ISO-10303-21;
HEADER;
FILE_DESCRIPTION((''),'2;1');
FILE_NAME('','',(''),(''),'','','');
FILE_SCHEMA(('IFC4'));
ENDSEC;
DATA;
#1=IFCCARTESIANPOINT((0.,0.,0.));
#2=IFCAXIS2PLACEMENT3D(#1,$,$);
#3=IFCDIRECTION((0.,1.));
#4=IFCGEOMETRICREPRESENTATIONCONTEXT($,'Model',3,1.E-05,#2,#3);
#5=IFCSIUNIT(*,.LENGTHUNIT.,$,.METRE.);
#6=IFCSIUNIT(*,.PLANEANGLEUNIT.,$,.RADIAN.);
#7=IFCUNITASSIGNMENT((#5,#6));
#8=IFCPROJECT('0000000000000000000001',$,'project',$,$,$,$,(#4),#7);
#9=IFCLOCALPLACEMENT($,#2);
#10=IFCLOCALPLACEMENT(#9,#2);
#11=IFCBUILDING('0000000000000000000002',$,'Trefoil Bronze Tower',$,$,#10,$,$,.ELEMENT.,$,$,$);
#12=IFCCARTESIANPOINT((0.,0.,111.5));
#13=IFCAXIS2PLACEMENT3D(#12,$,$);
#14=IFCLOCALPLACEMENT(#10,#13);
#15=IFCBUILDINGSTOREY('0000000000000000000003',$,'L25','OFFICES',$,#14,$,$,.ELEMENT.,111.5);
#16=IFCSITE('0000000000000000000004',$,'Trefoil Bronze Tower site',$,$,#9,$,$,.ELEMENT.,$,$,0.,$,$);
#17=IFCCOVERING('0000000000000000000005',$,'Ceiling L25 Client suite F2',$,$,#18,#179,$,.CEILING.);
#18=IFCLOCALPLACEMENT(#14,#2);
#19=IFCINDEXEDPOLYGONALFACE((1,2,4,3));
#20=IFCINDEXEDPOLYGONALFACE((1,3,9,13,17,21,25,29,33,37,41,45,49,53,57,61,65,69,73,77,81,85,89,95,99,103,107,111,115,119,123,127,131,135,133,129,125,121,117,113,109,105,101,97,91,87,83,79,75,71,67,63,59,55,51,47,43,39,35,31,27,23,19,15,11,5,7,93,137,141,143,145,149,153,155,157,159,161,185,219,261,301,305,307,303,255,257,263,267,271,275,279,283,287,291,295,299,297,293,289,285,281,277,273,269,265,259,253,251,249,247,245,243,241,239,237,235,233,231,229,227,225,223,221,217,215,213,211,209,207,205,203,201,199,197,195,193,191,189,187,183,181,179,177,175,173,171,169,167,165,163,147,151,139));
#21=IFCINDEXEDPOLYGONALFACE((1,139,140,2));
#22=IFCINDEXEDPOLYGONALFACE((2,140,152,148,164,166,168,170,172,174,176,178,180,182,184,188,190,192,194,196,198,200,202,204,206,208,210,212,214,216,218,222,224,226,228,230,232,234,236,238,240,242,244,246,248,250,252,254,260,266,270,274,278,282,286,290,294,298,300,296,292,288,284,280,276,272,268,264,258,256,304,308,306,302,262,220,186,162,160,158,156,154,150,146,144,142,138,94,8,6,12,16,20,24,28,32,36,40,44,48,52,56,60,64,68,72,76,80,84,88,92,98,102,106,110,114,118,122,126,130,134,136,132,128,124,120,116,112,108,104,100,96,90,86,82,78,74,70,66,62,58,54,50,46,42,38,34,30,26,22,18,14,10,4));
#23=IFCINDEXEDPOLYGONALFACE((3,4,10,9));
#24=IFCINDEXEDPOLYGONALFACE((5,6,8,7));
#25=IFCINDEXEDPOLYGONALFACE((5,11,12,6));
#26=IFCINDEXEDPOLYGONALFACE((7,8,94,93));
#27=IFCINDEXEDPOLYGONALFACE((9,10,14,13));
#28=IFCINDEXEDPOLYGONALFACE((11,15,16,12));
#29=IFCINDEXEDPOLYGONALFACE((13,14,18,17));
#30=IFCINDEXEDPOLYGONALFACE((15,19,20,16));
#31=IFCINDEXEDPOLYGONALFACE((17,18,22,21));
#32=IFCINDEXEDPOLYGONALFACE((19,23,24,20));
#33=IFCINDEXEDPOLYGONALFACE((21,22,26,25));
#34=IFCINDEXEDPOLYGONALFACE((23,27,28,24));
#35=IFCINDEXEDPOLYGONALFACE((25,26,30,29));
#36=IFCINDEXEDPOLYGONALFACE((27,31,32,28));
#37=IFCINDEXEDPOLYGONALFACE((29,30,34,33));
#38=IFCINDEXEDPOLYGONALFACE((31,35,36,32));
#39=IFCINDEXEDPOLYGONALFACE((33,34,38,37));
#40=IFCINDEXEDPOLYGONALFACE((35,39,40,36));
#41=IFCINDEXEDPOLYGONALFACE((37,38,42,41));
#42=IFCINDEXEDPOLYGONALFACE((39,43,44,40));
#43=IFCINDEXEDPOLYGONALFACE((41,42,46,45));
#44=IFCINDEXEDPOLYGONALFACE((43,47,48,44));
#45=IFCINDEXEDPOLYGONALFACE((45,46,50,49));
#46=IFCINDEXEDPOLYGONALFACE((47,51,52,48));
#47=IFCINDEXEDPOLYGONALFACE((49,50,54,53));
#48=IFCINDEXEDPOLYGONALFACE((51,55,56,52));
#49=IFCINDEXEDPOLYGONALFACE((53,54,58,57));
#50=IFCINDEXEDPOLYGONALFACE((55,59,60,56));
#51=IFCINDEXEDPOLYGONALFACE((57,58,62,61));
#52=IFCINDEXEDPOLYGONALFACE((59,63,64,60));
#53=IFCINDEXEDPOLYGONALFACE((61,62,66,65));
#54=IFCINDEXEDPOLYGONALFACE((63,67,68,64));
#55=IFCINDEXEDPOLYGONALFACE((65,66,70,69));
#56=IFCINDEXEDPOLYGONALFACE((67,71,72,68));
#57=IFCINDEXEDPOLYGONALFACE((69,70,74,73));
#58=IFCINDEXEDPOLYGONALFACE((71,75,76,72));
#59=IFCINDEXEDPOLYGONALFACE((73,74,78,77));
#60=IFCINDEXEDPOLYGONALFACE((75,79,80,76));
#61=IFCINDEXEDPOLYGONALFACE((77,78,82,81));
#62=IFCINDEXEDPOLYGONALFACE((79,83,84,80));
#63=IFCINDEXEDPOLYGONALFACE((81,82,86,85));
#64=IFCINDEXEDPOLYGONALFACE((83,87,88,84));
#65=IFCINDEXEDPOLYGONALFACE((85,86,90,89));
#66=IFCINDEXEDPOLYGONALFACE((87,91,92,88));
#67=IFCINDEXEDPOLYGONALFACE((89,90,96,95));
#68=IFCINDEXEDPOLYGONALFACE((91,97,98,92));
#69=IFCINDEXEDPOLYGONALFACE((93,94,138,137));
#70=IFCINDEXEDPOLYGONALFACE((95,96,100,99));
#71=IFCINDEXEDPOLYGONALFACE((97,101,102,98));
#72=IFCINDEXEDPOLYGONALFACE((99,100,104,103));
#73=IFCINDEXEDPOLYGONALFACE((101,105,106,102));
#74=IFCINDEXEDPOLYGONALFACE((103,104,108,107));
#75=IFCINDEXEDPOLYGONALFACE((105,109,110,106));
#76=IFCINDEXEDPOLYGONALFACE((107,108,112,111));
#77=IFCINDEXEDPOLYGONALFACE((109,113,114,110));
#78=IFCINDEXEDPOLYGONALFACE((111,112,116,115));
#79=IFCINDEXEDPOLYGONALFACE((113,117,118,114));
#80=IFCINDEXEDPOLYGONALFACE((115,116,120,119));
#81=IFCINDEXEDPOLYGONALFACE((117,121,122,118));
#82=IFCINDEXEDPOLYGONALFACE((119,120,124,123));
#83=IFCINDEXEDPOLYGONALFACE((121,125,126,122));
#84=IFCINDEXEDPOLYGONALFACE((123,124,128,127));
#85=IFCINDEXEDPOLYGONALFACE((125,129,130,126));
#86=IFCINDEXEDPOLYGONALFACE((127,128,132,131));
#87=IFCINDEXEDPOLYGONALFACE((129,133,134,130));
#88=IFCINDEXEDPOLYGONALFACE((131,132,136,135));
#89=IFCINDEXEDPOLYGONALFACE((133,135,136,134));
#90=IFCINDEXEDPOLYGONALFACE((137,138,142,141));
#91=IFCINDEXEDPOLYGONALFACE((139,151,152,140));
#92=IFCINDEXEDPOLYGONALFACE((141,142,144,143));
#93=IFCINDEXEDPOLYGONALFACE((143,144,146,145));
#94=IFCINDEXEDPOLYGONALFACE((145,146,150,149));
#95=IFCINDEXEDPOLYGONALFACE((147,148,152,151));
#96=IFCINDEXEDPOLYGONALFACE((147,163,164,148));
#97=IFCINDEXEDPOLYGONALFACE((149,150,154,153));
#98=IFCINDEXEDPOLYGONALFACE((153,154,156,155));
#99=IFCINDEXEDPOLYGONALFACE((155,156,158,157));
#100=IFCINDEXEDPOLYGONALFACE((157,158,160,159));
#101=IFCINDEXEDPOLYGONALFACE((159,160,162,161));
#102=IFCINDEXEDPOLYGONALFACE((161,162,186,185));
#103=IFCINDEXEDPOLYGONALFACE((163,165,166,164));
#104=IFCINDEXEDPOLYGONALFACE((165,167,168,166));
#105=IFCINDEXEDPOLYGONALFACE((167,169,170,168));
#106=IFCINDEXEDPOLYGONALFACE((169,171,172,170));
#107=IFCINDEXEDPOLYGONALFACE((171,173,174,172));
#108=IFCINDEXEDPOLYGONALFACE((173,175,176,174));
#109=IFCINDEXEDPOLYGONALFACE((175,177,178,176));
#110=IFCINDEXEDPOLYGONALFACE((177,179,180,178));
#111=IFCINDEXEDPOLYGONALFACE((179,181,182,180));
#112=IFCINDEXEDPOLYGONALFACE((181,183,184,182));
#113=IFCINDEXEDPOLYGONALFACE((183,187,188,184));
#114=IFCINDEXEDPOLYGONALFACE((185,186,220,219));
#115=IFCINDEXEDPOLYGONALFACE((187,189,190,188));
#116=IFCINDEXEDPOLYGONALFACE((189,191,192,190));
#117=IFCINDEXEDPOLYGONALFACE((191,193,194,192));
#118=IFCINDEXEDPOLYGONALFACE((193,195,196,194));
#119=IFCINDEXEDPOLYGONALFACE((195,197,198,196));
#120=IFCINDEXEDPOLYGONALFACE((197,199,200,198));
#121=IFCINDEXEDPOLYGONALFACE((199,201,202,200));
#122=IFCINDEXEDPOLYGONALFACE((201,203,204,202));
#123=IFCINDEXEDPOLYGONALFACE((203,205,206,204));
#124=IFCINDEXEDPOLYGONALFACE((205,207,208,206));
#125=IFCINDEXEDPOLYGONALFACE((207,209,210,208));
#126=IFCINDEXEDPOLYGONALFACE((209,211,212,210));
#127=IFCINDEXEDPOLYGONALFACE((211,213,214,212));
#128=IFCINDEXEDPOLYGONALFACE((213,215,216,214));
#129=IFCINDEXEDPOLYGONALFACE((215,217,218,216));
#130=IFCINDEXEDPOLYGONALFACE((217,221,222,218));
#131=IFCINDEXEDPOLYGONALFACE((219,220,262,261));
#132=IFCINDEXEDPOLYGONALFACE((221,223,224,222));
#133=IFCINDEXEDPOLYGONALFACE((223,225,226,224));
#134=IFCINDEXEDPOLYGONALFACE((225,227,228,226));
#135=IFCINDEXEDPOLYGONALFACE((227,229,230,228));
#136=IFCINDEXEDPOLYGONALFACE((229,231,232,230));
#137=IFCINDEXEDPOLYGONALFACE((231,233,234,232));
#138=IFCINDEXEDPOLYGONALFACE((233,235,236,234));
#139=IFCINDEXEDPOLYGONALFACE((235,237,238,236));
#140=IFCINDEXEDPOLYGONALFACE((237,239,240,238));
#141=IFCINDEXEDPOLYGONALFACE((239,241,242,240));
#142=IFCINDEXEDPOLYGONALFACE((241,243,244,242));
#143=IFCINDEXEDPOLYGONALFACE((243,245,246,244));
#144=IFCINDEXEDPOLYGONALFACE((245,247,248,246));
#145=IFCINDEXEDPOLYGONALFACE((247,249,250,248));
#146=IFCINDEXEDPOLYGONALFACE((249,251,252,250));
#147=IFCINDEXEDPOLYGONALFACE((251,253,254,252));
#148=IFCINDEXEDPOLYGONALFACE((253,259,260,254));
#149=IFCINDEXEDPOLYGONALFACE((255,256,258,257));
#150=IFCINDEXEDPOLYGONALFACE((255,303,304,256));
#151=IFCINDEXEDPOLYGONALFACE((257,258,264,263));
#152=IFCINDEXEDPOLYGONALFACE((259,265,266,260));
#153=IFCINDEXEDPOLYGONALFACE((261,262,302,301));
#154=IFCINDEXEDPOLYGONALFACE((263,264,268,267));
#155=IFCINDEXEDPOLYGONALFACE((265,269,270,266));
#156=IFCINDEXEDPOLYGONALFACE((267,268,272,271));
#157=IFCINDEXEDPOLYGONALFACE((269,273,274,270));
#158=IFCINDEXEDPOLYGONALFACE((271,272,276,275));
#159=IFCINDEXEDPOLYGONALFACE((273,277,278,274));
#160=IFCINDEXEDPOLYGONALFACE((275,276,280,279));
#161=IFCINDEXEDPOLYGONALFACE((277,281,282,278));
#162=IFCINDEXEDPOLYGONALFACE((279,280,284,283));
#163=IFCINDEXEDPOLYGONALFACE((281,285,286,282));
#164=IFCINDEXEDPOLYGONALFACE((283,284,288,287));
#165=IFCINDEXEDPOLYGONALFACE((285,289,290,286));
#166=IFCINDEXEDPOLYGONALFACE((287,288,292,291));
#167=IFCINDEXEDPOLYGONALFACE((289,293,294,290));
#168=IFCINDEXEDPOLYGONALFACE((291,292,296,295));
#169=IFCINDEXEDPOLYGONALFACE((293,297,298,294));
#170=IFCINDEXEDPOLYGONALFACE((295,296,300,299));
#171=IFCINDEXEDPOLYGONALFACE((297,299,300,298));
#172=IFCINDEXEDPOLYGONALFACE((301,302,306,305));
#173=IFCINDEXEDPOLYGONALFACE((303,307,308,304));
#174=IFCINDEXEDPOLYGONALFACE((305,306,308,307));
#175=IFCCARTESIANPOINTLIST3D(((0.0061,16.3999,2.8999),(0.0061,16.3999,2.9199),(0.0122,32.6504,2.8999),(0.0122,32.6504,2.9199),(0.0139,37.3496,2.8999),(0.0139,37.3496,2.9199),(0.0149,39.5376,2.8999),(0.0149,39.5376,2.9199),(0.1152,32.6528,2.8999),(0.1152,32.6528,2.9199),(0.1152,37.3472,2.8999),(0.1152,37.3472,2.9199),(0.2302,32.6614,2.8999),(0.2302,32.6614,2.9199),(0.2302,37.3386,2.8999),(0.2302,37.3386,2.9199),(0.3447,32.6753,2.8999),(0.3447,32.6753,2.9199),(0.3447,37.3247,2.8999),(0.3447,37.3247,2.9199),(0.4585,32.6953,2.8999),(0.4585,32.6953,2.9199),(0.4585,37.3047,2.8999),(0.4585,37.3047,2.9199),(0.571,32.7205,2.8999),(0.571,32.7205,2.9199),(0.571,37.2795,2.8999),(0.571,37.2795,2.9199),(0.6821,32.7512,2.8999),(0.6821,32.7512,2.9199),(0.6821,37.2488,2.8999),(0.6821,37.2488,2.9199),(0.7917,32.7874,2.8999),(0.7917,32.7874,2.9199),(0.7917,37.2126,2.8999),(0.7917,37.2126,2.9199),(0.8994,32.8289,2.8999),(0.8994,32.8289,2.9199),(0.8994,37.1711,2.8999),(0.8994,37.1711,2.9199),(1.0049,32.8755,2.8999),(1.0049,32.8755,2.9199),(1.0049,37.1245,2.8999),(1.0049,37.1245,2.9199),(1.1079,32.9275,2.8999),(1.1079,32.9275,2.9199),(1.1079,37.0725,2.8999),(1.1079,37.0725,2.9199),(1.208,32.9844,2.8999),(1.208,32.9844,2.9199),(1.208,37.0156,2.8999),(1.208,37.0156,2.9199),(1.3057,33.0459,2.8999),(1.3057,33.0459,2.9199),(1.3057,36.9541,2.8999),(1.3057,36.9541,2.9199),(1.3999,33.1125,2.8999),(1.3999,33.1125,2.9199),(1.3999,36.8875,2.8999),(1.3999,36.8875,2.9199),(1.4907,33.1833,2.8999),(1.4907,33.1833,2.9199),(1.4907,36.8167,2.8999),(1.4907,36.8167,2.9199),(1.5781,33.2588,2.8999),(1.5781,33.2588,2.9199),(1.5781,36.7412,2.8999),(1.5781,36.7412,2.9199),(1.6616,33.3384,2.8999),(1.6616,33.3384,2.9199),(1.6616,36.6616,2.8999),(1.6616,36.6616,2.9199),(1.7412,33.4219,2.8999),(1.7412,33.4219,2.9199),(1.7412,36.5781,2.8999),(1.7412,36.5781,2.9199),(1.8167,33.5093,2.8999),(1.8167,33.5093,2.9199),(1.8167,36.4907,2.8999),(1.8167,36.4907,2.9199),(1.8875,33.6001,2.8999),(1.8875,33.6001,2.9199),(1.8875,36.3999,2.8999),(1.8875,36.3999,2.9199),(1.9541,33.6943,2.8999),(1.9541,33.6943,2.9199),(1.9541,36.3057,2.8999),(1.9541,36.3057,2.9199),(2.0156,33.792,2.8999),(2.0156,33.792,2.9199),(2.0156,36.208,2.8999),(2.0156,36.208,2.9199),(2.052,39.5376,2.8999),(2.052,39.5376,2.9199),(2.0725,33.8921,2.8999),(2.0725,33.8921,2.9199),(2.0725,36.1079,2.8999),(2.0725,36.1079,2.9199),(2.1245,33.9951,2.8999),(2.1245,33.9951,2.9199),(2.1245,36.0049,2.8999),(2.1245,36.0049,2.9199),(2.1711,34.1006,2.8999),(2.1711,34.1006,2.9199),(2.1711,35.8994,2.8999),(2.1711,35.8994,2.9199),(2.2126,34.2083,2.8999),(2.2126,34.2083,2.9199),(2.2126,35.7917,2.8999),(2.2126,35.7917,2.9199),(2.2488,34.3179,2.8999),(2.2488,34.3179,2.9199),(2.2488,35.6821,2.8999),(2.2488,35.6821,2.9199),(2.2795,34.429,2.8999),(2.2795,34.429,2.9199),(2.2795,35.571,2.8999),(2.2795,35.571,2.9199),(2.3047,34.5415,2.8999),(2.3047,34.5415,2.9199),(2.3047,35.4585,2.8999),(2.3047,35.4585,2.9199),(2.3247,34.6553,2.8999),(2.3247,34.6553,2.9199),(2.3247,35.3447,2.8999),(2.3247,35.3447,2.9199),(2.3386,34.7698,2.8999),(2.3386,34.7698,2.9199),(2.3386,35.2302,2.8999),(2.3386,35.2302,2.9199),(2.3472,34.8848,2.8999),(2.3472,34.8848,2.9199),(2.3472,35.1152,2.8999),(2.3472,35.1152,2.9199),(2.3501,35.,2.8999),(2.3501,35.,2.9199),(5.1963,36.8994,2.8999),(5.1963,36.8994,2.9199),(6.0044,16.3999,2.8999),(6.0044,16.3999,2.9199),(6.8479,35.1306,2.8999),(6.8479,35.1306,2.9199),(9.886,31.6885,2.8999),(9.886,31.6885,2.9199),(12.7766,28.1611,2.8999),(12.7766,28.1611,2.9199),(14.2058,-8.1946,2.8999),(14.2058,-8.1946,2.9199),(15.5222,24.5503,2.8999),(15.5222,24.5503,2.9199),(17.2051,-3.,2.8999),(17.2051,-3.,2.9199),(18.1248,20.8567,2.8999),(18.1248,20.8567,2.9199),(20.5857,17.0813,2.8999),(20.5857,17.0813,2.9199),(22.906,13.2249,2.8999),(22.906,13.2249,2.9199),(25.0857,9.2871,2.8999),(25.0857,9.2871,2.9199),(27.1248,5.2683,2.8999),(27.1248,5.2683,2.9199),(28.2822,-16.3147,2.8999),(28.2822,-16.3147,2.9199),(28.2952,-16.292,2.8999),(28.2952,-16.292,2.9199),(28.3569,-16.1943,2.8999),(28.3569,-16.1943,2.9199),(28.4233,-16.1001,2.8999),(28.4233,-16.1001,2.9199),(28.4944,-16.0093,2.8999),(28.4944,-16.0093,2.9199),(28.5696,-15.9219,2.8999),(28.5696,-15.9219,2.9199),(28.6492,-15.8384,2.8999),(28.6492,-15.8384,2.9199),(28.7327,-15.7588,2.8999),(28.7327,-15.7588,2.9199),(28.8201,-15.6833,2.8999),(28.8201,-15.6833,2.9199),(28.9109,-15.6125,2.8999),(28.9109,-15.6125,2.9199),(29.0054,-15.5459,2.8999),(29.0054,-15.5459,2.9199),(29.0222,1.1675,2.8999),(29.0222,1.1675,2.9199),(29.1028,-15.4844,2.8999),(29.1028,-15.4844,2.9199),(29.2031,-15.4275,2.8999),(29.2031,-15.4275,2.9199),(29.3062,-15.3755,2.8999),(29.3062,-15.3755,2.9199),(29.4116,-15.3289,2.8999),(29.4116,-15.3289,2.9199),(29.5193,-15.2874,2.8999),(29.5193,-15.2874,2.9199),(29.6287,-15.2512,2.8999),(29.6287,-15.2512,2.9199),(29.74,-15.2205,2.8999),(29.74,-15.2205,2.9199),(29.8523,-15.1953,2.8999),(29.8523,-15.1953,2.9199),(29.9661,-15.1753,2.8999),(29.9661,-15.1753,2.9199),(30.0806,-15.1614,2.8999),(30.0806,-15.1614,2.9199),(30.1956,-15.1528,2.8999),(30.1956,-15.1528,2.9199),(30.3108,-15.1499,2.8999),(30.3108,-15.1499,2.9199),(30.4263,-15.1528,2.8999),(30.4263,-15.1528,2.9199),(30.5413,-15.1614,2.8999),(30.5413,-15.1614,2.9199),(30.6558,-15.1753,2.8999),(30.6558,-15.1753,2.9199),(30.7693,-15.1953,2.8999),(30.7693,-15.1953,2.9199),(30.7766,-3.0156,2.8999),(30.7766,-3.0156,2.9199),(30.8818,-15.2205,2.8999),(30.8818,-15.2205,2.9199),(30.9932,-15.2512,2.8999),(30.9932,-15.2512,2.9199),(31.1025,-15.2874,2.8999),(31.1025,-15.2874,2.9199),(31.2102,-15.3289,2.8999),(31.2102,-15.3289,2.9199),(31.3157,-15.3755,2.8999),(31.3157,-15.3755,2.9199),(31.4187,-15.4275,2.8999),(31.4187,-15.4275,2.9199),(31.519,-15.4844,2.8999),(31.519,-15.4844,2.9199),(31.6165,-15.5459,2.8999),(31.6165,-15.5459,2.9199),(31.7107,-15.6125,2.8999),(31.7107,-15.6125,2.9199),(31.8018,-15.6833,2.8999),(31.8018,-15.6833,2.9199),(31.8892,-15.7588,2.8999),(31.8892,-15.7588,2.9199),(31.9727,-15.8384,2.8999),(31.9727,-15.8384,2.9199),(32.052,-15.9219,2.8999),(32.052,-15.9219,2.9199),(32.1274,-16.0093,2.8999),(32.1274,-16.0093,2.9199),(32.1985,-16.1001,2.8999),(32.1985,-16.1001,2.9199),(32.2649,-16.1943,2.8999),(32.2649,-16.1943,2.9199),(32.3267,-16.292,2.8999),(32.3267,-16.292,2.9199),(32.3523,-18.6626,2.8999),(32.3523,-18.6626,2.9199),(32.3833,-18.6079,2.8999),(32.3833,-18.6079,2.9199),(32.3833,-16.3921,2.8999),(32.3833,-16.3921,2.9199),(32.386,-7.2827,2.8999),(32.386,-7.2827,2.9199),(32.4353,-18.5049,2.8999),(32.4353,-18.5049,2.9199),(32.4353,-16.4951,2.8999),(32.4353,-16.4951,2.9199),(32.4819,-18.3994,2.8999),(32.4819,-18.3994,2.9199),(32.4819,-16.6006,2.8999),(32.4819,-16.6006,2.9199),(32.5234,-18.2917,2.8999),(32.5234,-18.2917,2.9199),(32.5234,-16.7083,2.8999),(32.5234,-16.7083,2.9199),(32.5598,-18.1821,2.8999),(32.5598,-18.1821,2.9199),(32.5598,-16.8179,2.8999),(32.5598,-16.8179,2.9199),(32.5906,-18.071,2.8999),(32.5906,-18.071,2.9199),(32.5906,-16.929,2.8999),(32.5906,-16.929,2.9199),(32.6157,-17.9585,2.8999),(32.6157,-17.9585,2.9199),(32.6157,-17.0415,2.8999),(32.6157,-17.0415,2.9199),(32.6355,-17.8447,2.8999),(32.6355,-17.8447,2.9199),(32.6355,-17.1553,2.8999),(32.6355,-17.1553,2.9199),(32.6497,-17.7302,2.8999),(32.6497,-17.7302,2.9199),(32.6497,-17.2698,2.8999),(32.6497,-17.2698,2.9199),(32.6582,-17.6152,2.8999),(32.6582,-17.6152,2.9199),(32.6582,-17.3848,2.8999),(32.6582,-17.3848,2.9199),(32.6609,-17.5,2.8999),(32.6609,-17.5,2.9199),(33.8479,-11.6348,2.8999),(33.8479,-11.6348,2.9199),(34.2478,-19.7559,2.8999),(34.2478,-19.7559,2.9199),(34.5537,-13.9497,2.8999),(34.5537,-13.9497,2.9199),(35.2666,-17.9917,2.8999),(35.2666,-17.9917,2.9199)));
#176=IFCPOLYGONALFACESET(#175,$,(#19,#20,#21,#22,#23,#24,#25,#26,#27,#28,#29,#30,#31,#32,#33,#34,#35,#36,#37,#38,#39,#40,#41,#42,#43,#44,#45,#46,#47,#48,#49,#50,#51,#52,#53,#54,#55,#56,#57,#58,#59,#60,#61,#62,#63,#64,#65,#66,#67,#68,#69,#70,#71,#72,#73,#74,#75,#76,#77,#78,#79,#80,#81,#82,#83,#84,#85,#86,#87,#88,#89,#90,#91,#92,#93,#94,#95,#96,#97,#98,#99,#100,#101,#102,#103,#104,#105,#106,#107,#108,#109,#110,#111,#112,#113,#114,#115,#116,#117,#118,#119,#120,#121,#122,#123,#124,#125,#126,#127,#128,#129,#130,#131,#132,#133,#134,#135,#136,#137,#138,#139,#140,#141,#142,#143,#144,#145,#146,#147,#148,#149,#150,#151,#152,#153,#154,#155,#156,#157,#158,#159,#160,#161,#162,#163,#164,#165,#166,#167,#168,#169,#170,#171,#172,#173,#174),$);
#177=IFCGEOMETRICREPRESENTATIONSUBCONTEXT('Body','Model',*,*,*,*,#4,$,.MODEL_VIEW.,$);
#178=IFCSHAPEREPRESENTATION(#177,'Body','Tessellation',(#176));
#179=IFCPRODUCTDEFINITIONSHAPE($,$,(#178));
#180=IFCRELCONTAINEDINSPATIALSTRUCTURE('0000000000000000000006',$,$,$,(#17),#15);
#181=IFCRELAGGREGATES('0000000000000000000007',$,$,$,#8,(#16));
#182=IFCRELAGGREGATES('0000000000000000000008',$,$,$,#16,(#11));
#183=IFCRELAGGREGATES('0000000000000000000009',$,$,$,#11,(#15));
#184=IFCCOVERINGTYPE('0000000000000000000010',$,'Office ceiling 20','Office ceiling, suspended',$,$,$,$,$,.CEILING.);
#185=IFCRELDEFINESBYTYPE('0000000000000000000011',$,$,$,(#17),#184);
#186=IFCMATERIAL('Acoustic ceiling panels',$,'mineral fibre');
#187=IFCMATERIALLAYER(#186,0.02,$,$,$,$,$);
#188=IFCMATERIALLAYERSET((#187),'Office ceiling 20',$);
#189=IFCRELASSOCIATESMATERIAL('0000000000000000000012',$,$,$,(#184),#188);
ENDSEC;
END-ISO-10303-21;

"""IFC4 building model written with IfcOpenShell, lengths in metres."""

from ifc_helpers import new_model, si_unit, direction, frame, origin, place, context, subcontext, project, spatial, polyline, outline, extrude, material, layer, layer_set, type_object, element, save


model = new_model("IFC4")

# Units and contexts
model_context = context("Model", 3, precision=1e-05, world=origin(), true_north=direction((0.0, 1.0)))
body_context = subcontext(model_context, "Body", "Model", "MODEL_VIEW")
ifc_project = project(units=[si_unit("LENGTHUNIT", "METRE"), si_unit("PLANEANGLEUNIT", "RADIAN")], contexts=[model_context])

# Site, building, storey
site_placement = place(None, origin())
site = spatial("IfcSite", under=ifc_project, at=site_placement, Name="Trefoil Bronze Tower site", CompositionType="ELEMENT", RefElevation=0.0)
building_placement = place(site_placement, origin())
building = spatial("IfcBuilding", under=site, at=building_placement, Name="Trefoil Bronze Tower", CompositionType="ELEMENT")
storey_placement = place(building_placement, frame((0.0, 0.0, 111.5)))
storey = spatial("IfcBuildingStorey", under=building, at=storey_placement, Name="L25", Description="OFFICES", CompositionType="ELEMENT", Elevation=111.5)

# Covering
ifc_material_1 = material(Name="Acoustic ceiling panels", Category="mineral fibre")
ifc_layer_1 = layer(ifc_material_1, 0.02)
ifc_layer_set_1 = layer_set([ifc_layer_1], Name="Office ceiling 20")
covering_type_1 = type_object("IfcCoveringType", Name="Office ceiling 20", Description="Office ceiling, suspended", PredefinedType="CEILING", material=ifc_layer_set_1)
covering_1_placement = place(storey_placement, frame((0.0, 0.0, 2.8999)))
element("IfcCovering", 1, at=covering_1_placement, inside=storey, type_object=covering_type_1, Name="Ceiling L25 Client suite F2", PredefinedType="CEILING", context=body_context, shape_type="SweptSolid", body=[
    extrude(outline(polyline([(6.8479, 35.1306), (9.886, 31.6885), (12.7766, 28.1611), (15.5222, 24.5503), (18.1248, 20.8567), (20.5857, 17.0813), (22.906, 13.2249), (25.0857, 9.2871), (27.1248, 5.2683), (29.0222, 1.1675), (30.7766, -3.0156), (32.386, -7.2827), (33.8479, -11.6348), (34.5537, -13.9497), (35.2666, -17.9917), (34.2478, -19.7559), (32.3523, -18.6626), (32.3833, -18.6079), (32.4353, -18.5049), (32.4819, -18.3994), (32.5234, -18.2917), (32.5598, -18.1821), (32.5906, -18.071), (32.6157, -17.9585), (32.6355, -17.8447), (32.6497, -17.7302), (32.6582, -17.6152), (32.6609, -17.5), (32.6582, -17.3848), (32.6497, -17.2698), (32.6355, -17.1553), (32.6157, -17.0415), (32.5906, -16.929), (32.5598, -16.8179), (32.5234, -16.7083), (32.4819, -16.6006), (32.4353, -16.4951), (32.3833, -16.3921), (32.3267, -16.292), (32.2649, -16.1943), (32.1985, -16.1001), (32.1274, -16.0093), (32.052, -15.9219), (31.9727, -15.8384), (31.8892, -15.7588), (31.8018, -15.6833), (31.7107, -15.6125), (31.6165, -15.5459), (31.519, -15.4844), (31.4187, -15.4275), (31.3157, -15.3755), (31.2102, -15.3289), (31.1025, -15.2874), (30.9932, -15.2512), (30.8818, -15.2205), (30.7693, -15.1953), (30.6558, -15.1753), (30.5413, -15.1614), (30.4263, -15.1528), (30.3108, -15.1499), (30.1956, -15.1528), (30.0806, -15.1614), (29.9661, -15.1753), (29.8523, -15.1953), (29.74, -15.2205), (29.6287, -15.2512), (29.5193, -15.2874), (29.4116, -15.3289), (29.3062, -15.3755), (29.2031, -15.4275), (29.1028, -15.4844), (29.0054, -15.5459), (28.9109, -15.6125), (28.8201, -15.6833), (28.7327, -15.7588), (28.6492, -15.8384), (28.5696, -15.9219), (28.4944, -16.0093), (28.4233, -16.1001), (28.3569, -16.1943), (28.2952, -16.292), (28.2822, -16.3147), (14.2058, -8.1946), (17.2051, -3.0), (6.0044, 16.3999), (0.0061, 16.3999), (0.0122, 32.6504), (0.1152, 32.6528), (0.2302, 32.6614), (0.3447, 32.6753), (0.4585, 32.6953), (0.571, 32.7205), (0.6821, 32.7512), (0.7917, 32.7874), (0.8994, 32.8289), (1.0049, 32.8755), (1.1079, 32.9275), (1.208, 32.9844), (1.3057, 33.0459), (1.3999, 33.1125), (1.4907, 33.1833), (1.5781, 33.2588), (1.6616, 33.3384), (1.7412, 33.4219), (1.8167, 33.5093), (1.8875, 33.6001), (1.9541, 33.6943), (2.0156, 33.792), (2.0725, 33.8921), (2.1245, 33.9951), (2.1711, 34.1006), (2.2126, 34.2083), (2.2488, 34.3179), (2.2795, 34.429), (2.3047, 34.5415), (2.3247, 34.6553), (2.3386, 34.7698), (2.3472, 34.8848), (2.3501, 35.0), (2.3472, 35.1152), (2.3386, 35.2302), (2.3247, 35.3447), (2.3047, 35.4585), (2.2795, 35.571), (2.2488, 35.6821), (2.2126, 35.7917), (2.1711, 35.8994), (2.1245, 36.0049), (2.0725, 36.1079), (2.0156, 36.208), (1.9541, 36.3057), (1.8875, 36.3999), (1.8167, 36.4907), (1.7412, 36.5781), (1.6616, 36.6616), (1.5781, 36.7412), (1.4907, 36.8167), (1.3999, 36.8875), (1.3057, 36.9541), (1.208, 37.0156), (1.1079, 37.0725), (1.0049, 37.1245), (0.8994, 37.1711), (0.7917, 37.2126), (0.6821, 37.2488), (0.571, 37.2795), (0.4585, 37.3047), (0.3447, 37.3247), (0.2302, 37.3386), (0.1152, 37.3472), (0.0139, 37.3496), (0.0149, 39.5376), (2.052, 39.5376), (5.1963, 36.8994), (6.8479, 35.1306)])), origin(), (0.0, 0.0, 1.0), 0.02),
])

save(model, "model.ifc")
